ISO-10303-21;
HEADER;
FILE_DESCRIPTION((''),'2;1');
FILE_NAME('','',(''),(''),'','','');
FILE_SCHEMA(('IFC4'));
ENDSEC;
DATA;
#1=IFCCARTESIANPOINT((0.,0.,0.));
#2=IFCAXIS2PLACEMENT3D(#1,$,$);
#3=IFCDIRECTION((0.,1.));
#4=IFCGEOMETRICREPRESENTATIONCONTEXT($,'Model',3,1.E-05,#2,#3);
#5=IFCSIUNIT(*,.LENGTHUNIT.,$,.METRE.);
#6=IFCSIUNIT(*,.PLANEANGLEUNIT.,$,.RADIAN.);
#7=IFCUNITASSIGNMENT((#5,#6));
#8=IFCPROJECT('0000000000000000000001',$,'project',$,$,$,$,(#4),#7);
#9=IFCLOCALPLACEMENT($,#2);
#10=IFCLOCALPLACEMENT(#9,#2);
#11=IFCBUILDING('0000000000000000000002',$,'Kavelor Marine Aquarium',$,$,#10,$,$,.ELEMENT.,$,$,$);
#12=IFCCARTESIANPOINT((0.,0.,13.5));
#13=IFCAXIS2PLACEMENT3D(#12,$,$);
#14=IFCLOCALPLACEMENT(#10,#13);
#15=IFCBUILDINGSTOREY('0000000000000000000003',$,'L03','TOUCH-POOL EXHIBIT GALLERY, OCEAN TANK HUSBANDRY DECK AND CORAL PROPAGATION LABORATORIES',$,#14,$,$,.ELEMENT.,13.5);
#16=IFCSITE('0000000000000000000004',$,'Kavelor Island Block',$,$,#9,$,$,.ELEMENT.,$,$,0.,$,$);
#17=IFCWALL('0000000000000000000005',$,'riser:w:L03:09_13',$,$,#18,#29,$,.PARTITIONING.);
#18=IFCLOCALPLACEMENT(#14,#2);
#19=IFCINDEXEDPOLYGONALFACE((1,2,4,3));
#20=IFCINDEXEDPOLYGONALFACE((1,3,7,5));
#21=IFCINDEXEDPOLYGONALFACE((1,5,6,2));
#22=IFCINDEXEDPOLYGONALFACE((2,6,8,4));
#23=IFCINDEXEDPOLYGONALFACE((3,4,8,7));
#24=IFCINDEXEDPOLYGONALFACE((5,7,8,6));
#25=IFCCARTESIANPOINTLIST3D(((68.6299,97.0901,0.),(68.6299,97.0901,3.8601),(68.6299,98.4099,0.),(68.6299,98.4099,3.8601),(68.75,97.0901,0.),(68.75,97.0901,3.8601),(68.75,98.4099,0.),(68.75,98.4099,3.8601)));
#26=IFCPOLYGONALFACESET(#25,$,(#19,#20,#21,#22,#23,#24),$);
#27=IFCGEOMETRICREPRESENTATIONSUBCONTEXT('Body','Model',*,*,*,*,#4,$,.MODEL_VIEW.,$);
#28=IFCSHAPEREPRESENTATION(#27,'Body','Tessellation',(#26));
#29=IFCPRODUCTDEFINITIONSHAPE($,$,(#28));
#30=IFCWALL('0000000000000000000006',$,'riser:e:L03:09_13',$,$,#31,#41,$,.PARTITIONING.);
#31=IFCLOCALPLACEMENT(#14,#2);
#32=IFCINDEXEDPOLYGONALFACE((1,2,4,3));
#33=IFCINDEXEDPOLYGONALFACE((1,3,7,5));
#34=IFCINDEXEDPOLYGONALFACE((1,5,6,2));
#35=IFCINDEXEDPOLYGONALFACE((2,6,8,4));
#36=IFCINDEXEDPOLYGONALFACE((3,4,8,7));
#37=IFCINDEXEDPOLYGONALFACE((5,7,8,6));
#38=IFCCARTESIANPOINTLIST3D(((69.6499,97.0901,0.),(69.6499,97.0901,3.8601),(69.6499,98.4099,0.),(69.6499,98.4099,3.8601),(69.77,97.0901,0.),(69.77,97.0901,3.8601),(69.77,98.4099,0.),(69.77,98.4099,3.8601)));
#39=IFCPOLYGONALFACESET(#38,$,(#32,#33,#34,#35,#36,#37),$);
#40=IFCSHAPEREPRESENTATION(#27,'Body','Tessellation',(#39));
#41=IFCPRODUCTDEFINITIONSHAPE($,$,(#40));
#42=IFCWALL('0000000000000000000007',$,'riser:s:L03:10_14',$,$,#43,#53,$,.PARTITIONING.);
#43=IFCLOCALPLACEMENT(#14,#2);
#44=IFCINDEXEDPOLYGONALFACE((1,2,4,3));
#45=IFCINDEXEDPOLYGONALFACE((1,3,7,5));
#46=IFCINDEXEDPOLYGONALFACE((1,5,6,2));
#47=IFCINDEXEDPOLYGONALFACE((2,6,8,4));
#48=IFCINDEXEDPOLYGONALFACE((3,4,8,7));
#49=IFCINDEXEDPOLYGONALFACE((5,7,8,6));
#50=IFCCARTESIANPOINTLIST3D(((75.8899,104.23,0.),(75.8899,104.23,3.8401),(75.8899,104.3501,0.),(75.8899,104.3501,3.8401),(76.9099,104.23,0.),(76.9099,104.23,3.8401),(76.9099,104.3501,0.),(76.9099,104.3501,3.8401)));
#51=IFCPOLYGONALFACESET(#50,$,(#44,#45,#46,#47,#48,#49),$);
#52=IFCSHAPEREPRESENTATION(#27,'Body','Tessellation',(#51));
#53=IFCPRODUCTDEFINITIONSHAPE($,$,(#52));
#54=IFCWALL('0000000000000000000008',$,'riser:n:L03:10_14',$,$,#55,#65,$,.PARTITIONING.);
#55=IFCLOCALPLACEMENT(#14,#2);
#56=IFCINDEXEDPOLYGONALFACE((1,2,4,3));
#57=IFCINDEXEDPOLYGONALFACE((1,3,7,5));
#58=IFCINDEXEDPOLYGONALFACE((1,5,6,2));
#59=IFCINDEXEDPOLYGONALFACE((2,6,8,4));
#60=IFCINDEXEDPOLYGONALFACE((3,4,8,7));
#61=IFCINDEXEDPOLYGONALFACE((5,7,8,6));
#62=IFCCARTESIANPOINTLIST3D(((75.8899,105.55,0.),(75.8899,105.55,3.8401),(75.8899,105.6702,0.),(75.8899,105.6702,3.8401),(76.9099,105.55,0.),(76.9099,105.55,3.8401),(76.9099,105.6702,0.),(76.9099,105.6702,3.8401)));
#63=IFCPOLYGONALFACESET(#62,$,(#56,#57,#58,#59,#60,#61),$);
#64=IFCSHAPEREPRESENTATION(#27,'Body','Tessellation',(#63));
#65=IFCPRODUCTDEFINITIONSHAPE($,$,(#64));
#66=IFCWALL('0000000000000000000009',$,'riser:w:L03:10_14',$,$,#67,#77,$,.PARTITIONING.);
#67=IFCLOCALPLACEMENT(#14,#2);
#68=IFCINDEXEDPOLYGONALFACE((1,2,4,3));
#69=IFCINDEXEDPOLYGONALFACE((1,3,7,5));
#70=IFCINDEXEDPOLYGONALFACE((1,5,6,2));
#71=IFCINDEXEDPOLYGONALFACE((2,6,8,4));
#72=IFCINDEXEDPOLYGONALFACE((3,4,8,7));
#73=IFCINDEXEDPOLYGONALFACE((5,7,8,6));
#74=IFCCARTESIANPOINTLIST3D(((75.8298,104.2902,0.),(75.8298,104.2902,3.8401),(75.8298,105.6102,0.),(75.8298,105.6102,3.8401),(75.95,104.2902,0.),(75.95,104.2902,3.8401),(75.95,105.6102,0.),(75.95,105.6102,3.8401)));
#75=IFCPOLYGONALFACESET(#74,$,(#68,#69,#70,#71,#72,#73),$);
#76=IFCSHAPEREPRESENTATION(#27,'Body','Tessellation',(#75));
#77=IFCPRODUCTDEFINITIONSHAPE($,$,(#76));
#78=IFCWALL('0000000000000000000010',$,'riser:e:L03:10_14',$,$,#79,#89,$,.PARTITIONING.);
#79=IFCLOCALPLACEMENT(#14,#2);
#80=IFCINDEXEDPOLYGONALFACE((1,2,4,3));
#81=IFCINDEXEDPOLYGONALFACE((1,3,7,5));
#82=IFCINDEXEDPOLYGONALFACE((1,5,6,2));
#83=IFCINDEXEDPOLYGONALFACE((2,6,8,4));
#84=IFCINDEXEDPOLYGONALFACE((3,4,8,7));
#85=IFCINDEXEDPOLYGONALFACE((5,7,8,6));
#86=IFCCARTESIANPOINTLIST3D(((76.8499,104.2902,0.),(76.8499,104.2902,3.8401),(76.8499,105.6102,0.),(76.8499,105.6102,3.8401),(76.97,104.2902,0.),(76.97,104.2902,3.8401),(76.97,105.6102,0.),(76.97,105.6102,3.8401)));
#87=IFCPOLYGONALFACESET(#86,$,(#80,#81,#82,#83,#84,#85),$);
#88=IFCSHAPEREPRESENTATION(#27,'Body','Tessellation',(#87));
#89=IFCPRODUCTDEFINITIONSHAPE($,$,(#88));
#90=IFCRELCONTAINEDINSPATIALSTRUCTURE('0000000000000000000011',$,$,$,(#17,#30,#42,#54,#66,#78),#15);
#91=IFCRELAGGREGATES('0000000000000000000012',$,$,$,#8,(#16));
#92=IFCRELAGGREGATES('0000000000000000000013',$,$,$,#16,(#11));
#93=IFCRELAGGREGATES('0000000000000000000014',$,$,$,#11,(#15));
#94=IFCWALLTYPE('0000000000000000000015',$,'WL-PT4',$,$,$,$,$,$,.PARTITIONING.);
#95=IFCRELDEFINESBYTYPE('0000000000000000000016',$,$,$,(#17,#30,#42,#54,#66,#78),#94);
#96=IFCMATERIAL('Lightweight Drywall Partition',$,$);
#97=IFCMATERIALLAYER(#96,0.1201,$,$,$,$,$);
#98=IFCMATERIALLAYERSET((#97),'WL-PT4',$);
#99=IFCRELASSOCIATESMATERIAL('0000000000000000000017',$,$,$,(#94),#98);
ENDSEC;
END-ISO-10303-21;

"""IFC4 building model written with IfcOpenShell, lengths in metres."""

from ifc_helpers import new_model, si_unit, direction, frame, frame_2d, origin, place, context, subcontext, project, spatial, rectangle, extrude, material, layer, layer_set, type_object, element, save


model = new_model("IFC4")

# Units and contexts
model_context = context("Model", 3, precision=1e-05, world=origin(), true_north=direction((0.0, 1.0)))
body_context = subcontext(model_context, "Body", "Model", "MODEL_VIEW")
ifc_project = project(units=[si_unit("LENGTHUNIT", "METRE"), si_unit("PLANEANGLEUNIT", "RADIAN")], contexts=[model_context])

# Site, building, storey
site_placement = place(None, origin())
site = spatial("IfcSite", under=ifc_project, at=site_placement, Name="Kavelor Island Block", CompositionType="ELEMENT", RefElevation=0.0)
building_placement = place(site_placement, origin())
building = spatial("IfcBuilding", under=site, at=building_placement, Name="Kavelor Marine Aquarium", CompositionType="ELEMENT")
storey_placement = place(building_placement, frame((0.0, 0.0, 13.5)))
storey = spatial("IfcBuildingStorey", under=building, at=storey_placement, Name="L03", Description="TOUCH-POOL EXHIBIT GALLERY, OCEAN TANK HUSBANDRY DECK AND CORAL PROPAGATION LABORATORIES", CompositionType="ELEMENT", Elevation=13.5)

# Walls
ifc_material_1 = material(Name="Lightweight Drywall Partition")
ifc_layer_1 = layer(ifc_material_1, 0.1201)
ifc_layer_set_1 = layer_set([ifc_layer_1], Name="WL-PT4")
wall_type_1 = type_object("IfcWallType", Name="WL-PT4", PredefinedType="PARTITIONING", material=ifc_layer_set_1)
for number, where, z_axis, x_axis, name in (
    (1, (68.6899, 97.0901, 0.0), (0.0, 0.0, 1.0), (0.0, 1.0, 0.0), "riser:w:L03:09_13"),
    (2, (69.71, 97.0901, 0.0), (0.0, 0.0, 1.0), (0.0, 1.0, 0.0), "riser:e:L03:09_13"),
):
    element("IfcWall", number, at=place(storey_placement, frame(where, z_axis=z_axis, x_axis=x_axis)), inside=storey, type_object=wall_type_1, Name=name, PredefinedType="PARTITIONING", context=body_context, shape_type="SweptSolid", body=[
        extrude(rectangle(XDim=1.3198, YDim=0.1201, at=frame_2d((0.6599, 0.0))), origin(), (0.0, 0.0, 1.0), 3.8601),
    ])
for number, where, z_axis, x_axis, name in (
    (3, (75.8899, 104.29, 0.0), (0.0, 0.0, 1.0), (1.0, 0.0, 0.0), "riser:s:L03:10_14"),
    (4, (75.8899, 105.6101, 0.0), (0.0, 0.0, 1.0), (1.0, 0.0, 0.0), "riser:n:L03:10_14"),
):
    element("IfcWall", number, at=place(storey_placement, frame(where, z_axis=z_axis, x_axis=x_axis)), inside=storey, type_object=wall_type_1, Name=name, PredefinedType="PARTITIONING", context=body_context, shape_type="SweptSolid", body=[
        extrude(rectangle(XDim=1.02, YDim=0.1201, at=frame_2d((0.51, 0.0))), origin(), (0.0, 0.0, 1.0), 3.8401),
    ])
for number, where, z_axis, x_axis, name in (
    (5, (75.8899, 104.29, 0.0), (0.0, 0.0, 1.0), (0.0, 1.0, 0.0), "riser:w:L03:10_14"),
    (6, (76.9099, 104.29, 0.0), (0.0, 0.0, 1.0), (0.0, 1.0, 0.0), "riser:e:L03:10_14"),
):
    element("IfcWall", number, at=place(storey_placement, frame(where, z_axis=z_axis, x_axis=x_axis)), inside=storey, type_object=wall_type_1, Name=name, PredefinedType="PARTITIONING", context=body_context, shape_type="SweptSolid", body=[
        extrude(rectangle(XDim=1.3201, YDim=0.1201, at=frame_2d((0.6602, 0.0))), origin(), (0.0, 0.0, 1.0), 3.8401),
    ])

save(model, "model.ifc")
